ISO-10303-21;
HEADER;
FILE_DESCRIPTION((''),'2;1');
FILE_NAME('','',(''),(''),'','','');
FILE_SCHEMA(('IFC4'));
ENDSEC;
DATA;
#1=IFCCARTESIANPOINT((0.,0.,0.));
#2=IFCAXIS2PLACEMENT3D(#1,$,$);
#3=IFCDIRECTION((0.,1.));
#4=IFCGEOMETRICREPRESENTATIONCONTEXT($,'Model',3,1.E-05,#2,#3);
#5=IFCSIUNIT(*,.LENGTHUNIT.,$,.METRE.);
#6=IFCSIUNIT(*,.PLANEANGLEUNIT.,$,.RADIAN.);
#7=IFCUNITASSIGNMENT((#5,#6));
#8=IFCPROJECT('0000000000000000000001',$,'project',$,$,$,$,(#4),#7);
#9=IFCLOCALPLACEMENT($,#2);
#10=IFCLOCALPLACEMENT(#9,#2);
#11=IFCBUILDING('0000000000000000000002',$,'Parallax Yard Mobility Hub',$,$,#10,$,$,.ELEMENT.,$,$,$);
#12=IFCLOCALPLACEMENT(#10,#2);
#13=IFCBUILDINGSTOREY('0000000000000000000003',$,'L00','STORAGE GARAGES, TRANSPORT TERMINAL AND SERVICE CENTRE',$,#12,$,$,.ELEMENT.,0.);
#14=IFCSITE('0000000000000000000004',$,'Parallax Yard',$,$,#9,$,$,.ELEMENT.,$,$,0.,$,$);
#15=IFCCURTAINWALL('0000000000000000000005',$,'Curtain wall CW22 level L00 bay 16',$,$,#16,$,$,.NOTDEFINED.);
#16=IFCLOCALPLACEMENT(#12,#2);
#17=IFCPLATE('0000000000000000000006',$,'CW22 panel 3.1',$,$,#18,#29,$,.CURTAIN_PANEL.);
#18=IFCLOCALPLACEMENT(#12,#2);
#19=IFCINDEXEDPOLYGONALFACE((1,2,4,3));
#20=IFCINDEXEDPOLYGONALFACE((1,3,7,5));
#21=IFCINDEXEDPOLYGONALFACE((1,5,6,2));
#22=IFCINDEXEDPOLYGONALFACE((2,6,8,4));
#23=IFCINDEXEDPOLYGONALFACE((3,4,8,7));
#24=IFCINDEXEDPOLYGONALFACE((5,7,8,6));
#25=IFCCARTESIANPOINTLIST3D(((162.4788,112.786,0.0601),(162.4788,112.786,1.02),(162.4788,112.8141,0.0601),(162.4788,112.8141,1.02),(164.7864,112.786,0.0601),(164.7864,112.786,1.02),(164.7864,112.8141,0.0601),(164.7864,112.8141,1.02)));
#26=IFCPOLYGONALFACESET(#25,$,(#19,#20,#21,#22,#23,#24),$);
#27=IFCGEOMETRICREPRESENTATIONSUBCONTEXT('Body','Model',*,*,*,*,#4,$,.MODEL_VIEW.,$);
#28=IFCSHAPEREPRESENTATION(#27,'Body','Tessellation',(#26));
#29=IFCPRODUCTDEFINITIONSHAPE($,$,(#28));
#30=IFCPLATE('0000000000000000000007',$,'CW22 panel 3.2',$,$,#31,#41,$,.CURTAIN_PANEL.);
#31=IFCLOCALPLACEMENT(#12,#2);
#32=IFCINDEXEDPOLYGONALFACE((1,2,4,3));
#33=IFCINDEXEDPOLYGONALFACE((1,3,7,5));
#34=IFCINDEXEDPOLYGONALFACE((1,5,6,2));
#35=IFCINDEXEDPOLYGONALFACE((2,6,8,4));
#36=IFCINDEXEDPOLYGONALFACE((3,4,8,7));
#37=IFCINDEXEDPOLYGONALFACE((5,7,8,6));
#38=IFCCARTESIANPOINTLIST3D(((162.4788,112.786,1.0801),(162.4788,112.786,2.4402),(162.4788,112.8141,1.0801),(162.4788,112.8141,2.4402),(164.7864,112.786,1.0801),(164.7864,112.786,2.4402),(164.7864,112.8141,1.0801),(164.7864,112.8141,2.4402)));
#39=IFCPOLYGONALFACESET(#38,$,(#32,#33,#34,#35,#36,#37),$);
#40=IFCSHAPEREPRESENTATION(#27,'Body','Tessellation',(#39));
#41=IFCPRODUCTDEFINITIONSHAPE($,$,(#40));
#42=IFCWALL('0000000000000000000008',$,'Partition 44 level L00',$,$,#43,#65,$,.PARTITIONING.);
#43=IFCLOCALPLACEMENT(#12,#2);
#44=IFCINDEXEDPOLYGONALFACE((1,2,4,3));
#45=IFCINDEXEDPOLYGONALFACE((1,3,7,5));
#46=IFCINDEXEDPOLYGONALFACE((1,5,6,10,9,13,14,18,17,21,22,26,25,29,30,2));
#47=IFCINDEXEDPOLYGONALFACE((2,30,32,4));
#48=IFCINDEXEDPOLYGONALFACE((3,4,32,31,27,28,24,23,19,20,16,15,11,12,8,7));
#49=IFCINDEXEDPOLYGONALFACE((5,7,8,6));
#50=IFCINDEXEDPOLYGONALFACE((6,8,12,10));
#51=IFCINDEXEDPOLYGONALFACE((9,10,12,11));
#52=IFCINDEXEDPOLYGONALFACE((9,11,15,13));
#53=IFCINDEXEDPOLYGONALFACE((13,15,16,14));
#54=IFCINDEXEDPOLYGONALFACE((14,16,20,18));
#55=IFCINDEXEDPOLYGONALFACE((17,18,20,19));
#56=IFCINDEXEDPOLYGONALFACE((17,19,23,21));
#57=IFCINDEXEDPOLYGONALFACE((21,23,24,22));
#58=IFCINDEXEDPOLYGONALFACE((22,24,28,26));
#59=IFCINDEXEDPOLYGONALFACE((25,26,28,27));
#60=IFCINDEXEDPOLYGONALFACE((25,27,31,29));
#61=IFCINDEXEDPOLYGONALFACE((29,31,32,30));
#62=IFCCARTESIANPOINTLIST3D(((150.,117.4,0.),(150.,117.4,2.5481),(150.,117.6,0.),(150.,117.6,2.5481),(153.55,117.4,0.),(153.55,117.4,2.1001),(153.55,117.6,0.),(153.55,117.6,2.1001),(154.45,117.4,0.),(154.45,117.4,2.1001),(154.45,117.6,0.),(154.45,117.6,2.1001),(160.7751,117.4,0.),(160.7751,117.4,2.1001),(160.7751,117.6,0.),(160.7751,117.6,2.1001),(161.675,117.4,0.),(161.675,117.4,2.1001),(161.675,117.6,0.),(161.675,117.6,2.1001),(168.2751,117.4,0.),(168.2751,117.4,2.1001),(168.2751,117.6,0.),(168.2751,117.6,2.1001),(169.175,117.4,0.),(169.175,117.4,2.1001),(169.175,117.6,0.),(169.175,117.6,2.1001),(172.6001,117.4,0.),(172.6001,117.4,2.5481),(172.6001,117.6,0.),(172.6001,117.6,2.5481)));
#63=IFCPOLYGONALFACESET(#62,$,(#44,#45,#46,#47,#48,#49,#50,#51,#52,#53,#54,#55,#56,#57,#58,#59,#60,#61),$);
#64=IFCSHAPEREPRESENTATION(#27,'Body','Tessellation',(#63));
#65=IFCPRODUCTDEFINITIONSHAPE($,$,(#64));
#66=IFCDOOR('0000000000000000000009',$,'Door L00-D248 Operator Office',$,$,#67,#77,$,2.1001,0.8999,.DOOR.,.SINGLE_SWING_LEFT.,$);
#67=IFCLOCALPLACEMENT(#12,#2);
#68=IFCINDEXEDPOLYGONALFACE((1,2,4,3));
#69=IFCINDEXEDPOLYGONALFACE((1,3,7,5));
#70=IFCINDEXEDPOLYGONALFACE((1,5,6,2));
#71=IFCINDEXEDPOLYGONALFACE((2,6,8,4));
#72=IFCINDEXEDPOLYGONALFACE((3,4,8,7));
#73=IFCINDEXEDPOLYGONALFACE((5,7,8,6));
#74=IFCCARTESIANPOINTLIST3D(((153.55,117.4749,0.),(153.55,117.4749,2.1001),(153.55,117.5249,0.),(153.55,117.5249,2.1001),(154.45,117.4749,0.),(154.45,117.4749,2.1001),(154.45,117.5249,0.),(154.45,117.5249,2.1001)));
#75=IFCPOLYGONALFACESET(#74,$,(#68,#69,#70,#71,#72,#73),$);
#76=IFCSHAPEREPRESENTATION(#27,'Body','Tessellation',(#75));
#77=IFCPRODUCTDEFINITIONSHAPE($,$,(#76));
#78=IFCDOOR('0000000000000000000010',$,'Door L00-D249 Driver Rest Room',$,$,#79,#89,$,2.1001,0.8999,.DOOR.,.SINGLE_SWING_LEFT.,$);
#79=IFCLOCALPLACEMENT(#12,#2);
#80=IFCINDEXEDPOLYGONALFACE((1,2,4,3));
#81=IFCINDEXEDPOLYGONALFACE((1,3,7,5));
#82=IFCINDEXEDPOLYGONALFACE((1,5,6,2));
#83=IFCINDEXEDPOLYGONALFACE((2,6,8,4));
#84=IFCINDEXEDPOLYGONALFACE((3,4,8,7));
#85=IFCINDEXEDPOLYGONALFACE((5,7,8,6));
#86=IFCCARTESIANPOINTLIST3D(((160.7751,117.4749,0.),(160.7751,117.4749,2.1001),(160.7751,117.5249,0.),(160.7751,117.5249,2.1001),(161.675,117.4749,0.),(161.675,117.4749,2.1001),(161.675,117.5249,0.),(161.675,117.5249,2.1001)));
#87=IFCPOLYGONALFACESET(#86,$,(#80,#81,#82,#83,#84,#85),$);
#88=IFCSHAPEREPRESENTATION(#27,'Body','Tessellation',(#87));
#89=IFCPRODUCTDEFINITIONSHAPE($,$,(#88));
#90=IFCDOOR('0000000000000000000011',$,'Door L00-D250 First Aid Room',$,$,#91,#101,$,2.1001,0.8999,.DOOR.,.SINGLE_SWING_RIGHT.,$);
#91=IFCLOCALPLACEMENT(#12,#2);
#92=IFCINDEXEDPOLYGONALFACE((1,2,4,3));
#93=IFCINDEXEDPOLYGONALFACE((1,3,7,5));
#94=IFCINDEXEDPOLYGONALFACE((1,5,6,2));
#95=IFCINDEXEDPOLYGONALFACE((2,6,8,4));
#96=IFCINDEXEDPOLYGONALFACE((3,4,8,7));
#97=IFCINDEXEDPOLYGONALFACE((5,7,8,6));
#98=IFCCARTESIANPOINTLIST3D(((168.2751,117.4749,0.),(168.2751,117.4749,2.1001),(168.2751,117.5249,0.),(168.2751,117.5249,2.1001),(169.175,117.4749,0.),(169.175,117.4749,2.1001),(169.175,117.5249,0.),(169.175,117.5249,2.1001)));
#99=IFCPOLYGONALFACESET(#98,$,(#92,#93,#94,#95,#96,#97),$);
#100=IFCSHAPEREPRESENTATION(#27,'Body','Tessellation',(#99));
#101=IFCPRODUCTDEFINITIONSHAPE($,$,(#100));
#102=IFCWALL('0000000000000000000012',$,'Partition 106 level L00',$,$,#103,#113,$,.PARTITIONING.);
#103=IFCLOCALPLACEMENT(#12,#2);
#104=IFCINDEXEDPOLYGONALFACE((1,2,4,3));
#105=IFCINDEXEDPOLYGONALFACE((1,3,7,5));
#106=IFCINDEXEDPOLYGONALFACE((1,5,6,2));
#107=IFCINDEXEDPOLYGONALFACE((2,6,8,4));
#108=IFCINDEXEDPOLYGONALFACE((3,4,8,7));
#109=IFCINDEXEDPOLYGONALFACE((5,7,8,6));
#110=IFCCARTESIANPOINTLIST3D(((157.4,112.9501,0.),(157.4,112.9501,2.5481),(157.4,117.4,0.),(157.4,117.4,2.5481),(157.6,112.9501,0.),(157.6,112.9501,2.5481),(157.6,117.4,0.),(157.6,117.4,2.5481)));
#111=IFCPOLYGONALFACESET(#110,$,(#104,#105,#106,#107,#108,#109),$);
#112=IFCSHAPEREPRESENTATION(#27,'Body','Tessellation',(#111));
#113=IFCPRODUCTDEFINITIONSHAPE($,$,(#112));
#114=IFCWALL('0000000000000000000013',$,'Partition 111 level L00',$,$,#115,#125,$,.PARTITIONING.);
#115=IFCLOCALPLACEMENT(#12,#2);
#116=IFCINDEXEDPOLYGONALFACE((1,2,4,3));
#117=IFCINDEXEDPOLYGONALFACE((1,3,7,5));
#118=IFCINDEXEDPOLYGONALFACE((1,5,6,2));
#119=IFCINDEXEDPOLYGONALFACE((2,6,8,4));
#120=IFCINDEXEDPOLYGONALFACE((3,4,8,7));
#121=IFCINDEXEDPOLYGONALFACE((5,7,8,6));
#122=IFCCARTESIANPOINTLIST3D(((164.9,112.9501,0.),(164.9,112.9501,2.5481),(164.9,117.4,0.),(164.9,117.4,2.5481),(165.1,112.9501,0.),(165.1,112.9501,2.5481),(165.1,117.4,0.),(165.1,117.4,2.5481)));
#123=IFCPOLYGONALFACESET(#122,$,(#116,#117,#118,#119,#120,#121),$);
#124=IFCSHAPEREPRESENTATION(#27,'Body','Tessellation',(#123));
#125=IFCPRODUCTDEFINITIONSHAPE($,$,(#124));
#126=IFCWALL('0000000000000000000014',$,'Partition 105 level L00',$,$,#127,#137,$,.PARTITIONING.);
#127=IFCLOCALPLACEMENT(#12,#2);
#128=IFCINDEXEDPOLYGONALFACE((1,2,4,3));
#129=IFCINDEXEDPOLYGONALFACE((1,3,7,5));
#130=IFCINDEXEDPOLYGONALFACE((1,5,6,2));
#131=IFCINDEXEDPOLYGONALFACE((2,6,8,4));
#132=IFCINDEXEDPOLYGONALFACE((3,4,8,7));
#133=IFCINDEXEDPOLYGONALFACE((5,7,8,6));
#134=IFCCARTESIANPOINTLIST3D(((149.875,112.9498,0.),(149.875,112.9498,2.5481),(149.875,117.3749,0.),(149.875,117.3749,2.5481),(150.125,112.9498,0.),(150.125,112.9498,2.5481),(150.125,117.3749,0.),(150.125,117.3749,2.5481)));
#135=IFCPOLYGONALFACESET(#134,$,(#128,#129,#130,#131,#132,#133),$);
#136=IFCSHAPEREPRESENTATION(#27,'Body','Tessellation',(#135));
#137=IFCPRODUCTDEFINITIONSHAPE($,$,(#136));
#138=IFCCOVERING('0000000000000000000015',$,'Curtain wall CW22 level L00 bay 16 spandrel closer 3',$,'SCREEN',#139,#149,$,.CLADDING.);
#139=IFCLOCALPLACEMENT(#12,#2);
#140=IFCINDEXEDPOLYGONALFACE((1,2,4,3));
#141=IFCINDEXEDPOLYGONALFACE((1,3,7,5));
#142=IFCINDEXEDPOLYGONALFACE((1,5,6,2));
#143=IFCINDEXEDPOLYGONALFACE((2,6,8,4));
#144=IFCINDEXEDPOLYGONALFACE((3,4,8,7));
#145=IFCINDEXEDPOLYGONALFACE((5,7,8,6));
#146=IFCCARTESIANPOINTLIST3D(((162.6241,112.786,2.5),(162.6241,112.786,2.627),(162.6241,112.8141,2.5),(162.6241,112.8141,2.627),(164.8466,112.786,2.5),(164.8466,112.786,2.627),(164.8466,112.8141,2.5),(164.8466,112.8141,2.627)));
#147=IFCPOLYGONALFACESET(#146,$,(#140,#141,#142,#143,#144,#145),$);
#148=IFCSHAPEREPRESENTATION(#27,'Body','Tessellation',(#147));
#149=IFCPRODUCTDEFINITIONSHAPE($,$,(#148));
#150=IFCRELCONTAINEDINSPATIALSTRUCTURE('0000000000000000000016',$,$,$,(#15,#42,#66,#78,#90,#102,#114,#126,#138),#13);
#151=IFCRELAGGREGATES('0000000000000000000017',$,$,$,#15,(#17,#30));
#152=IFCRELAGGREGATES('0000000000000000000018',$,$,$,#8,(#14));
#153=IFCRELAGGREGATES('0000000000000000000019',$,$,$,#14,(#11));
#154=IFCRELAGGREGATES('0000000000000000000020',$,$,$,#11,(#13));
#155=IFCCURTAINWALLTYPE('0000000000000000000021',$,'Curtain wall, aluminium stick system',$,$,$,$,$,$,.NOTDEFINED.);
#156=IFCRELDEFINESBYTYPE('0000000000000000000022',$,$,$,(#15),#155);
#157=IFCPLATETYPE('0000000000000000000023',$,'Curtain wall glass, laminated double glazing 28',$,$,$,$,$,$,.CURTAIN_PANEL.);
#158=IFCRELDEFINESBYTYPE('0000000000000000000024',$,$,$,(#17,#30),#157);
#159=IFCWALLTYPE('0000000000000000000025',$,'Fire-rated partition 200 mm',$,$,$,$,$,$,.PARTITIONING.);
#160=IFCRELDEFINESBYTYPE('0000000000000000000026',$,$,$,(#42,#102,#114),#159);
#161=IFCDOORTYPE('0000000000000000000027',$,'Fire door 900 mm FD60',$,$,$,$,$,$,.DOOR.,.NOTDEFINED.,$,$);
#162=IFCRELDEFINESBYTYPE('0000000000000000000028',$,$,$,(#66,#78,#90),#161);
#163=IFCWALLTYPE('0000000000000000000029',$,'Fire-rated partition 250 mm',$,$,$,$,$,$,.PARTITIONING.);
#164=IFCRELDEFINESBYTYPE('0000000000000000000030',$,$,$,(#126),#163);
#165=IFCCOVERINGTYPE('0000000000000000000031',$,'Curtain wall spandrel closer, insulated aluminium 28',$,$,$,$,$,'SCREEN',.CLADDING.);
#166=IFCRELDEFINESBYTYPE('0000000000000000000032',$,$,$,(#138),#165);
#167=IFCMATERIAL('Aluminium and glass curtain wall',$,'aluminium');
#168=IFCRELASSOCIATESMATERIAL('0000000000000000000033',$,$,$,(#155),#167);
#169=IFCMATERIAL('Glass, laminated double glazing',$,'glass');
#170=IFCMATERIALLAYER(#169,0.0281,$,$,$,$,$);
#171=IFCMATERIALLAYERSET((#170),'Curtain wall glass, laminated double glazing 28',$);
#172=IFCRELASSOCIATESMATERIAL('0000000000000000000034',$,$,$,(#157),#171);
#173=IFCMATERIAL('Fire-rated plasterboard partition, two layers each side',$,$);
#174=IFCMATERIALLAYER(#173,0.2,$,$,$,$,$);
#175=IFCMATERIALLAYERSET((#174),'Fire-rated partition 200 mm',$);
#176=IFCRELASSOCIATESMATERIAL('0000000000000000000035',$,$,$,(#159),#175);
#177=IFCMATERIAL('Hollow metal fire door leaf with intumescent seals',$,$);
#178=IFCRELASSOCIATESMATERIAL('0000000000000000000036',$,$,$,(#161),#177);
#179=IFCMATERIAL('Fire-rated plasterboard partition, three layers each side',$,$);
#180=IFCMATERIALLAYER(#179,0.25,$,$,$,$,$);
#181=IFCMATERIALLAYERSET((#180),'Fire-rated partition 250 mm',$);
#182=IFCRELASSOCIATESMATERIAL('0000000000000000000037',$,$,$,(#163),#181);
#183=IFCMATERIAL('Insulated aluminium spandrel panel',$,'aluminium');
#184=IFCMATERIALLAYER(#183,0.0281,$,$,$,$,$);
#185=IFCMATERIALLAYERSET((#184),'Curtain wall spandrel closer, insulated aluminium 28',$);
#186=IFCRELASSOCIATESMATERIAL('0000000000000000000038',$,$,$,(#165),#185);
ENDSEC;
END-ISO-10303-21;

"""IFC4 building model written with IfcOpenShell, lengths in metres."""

from ifc_helpers import new_model, si_unit, direction, frame, frame_2d, origin, origin_2d, place, context, subcontext, project, spatial, rectangle, extrude, material, layer, layer_set, type_object, element, fill, aggregate, save


model = new_model("IFC4")

# Units and contexts
model_context = context("Model", 3, precision=1e-05, world=origin(), true_north=direction((0.0, 1.0)))
body_context = subcontext(model_context, "Body", "Model", "MODEL_VIEW")
ifc_project = project(units=[si_unit("LENGTHUNIT", "METRE"), si_unit("PLANEANGLEUNIT", "RADIAN")], contexts=[model_context])

# Site, building, storey
site_placement = place(None, origin())
site = spatial("IfcSite", under=ifc_project, at=site_placement, Name="Parallax Yard", CompositionType="ELEMENT", RefElevation=0.0)
building_placement = place(site_placement, origin())
building = spatial("IfcBuilding", under=site, at=building_placement, Name="Parallax Yard Mobility Hub", CompositionType="ELEMENT")
storey_placement = place(building_placement, origin())
storey = spatial("IfcBuildingStorey", under=building, at=storey_placement, Name="L00", Description="STORAGE GARAGES, TRANSPORT TERMINAL AND SERVICE CENTRE", CompositionType="ELEMENT", Elevation=0.0)

# Curtain wall
ifc_material_1 = material(Name="Aluminium and glass curtain wall", Category="aluminium")
curtain_wall_type = type_object("IfcCurtainWallType", Name="Curtain wall, aluminium stick system", PredefinedType="NOTDEFINED", material=ifc_material_1)
curtain_wall_1_placement = place(storey_placement, origin())
curtain_wall_1 = element("IfcCurtainWall", 1, at=curtain_wall_1_placement, inside=storey, type_object=curtain_wall_type, Name="Curtain wall CW22 level L00 bay 16", PredefinedType="NOTDEFINED")

# Plates
ifc_material_2 = material(Name="Glass, laminated double glazing", Category="glass")
ifc_layer_1 = layer(ifc_material_2, 0.0281)
ifc_layer_set_1 = layer_set([ifc_layer_1], Name="Curtain wall glass, laminated double glazing 28")
plate_type = type_object("IfcPlateType", Name="Curtain wall glass, laminated double glazing 28", PredefinedType="CURTAIN_PANEL", material=ifc_layer_set_1)
plate_1_placement = place(storey_placement, frame((163.6326, 112.8, 0.0601), z_axis=(0.0, 0.0, 1.0), x_axis=(1.0, 0.0, 0.0)))
plate_1 = element("IfcPlate", 2, at=plate_1_placement, type_object=plate_type, Name="CW22 panel 3.1", PredefinedType="CURTAIN_PANEL", context=body_context, shape_type="SweptSolid", body=[
    extrude(rectangle(XDim=2.3076, YDim=0.0281, at=origin_2d()), origin(), (0.0, 0.0, 1.0), 0.96),
])
plate_2_placement = place(storey_placement, frame((163.6326, 112.8, 1.0801), z_axis=(0.0, 0.0, 1.0), x_axis=(1.0, 0.0, 0.0)))
plate_2 = element("IfcPlate", 3, at=plate_2_placement, type_object=plate_type, Name="CW22 panel 3.2", PredefinedType="CURTAIN_PANEL", context=body_context, shape_type="SweptSolid", body=[
    extrude(rectangle(XDim=2.3076, YDim=0.0281, at=origin_2d()), origin(), (0.0, 0.0, 1.0), 1.3601),
])
aggregate(curtain_wall_1, [plate_1, plate_2])

# Wall, openings, doors
ifc_material_3 = material(Name="Fire-rated plasterboard partition, two layers each side")
ifc_layer_2 = layer(ifc_material_3, 0.2)
ifc_layer_set_2 = layer_set([ifc_layer_2], Name="Fire-rated partition 200 mm")
wall_type_1 = type_object("IfcWallType", Name="Fire-rated partition 200 mm", PredefinedType="PARTITIONING", material=ifc_layer_set_2)
wall_1_placement = place(storey_placement, frame((150.0, 117.5, 0.0), z_axis=(0.0, 0.0, 1.0), x_axis=(1.0, 0.0, 0.0)))
wall_1 = element("IfcWall", 4, at=wall_1_placement, inside=storey, type_object=wall_type_1, Name="Partition 44 level L00", PredefinedType="PARTITIONING", context=body_context, shape_type="SweptSolid", body=[
    extrude(rectangle(XDim=22.6001, YDim=0.2, at=frame_2d((11.3, 0.0))), origin(), (0.0, 0.0, 1.0), 2.5481),
])
opening_1_placement = place(wall_1_placement, frame((3.55, 0.0, 0.0)))
opening_1 = element("IfcOpeningElement", 5, at=opening_1_placement, cuts=wall_1, PredefinedType="OPENING", context=body_context, shape_type="SweptSolid", body=[
    extrude(rectangle(XDim=0.8999, YDim=2.1001, at=frame_2d((0.45, 1.05))), frame((0.0, 0.1099, 0.0), z_axis=(0.0, -1.0, 0.0), x_axis=(1.0, 0.0, 0.0)), (0.0, 0.0, 1.0), 0.22),
])
opening_2_placement = place(wall_1_placement, frame((10.7751, 0.0, 0.0)))
opening_2 = element("IfcOpeningElement", 6, at=opening_2_placement, cuts=wall_1, PredefinedType="OPENING", context=body_context, shape_type="SweptSolid", body=[
    extrude(rectangle(XDim=0.8999, YDim=2.1001, at=frame_2d((0.45, 1.05))), frame((0.0, 0.1099, 0.0), z_axis=(0.0, -1.0, 0.0), x_axis=(1.0, 0.0, 0.0)), (0.0, 0.0, 1.0), 0.22),
])
opening_3_placement = place(wall_1_placement, frame((18.2751, 0.0, 0.0)))
opening_3 = element("IfcOpeningElement", 7, at=opening_3_placement, cuts=wall_1, PredefinedType="OPENING", context=body_context, shape_type="SweptSolid", body=[
    extrude(rectangle(XDim=0.8999, YDim=2.1001, at=frame_2d((0.45, 1.05))), frame((0.0, 0.1099, 0.0), z_axis=(0.0, -1.0, 0.0), x_axis=(1.0, 0.0, 0.0)), (0.0, 0.0, 1.0), 0.22),
])
ifc_material_4 = material(Name="Hollow metal fire door leaf with intumescent seals")
door_type = type_object("IfcDoorType", Name="Fire door 900 mm FD60", OperationType="NOTDEFINED", PredefinedType="DOOR", material=ifc_material_4)
door_1_placement = place(opening_1_placement, origin())
door_1 = element("IfcDoor", 8, at=door_1_placement, inside=storey, type_object=door_type, Name="Door L00-D248 Operator Office", OperationType="SINGLE_SWING_LEFT", OverallHeight=2.1001, OverallWidth=0.8999, PredefinedType="DOOR", context=body_context, shape_type="SweptSolid", body=[
    extrude(rectangle(XDim=0.8999, YDim=2.1001, at=frame_2d((0.45, 1.05))), frame((0.0, 0.0249, 0.0), z_axis=(0.0, -1.0, 0.0), x_axis=(1.0, 0.0, 0.0)), (0.0, 0.0, 1.0), 0.05),
])
fill(opening_1, door_1)
door_2_placement = place(opening_2_placement, origin())
door_2 = element("IfcDoor", 9, at=door_2_placement, inside=storey, type_object=door_type, Name="Door L00-D249 Driver Rest Room", OperationType="SINGLE_SWING_LEFT", OverallHeight=2.1001, OverallWidth=0.8999, PredefinedType="DOOR", context=body_context, shape_type="SweptSolid", body=[
    extrude(rectangle(XDim=0.8999, YDim=2.1001, at=frame_2d((0.45, 1.05))), frame((0.0, 0.0249, 0.0), z_axis=(0.0, -1.0, 0.0), x_axis=(1.0, 0.0, 0.0)), (0.0, 0.0, 1.0), 0.05),
])
fill(opening_2, door_2)
door_3_placement = place(opening_3_placement, origin())
door_3 = element("IfcDoor", 10, at=door_3_placement, inside=storey, type_object=door_type, Name="Door L00-D250 First Aid Room", OperationType="SINGLE_SWING_RIGHT", OverallHeight=2.1001, OverallWidth=0.8999, PredefinedType="DOOR", context=body_context, shape_type="SweptSolid", body=[
    extrude(rectangle(XDim=0.8999, YDim=2.1001, at=frame_2d((0.45, 1.05))), frame((0.0, 0.0249, 0.0), z_axis=(0.0, -1.0, 0.0), x_axis=(1.0, 0.0, 0.0)), (0.0, 0.0, 1.0), 0.05),
])
fill(opening_3, door_3)

# Walls
for number, where, z_axis, x_axis, name in (
    (11, (157.5, 112.95, 0.0), (0.0, 0.0, 1.0), (0.0, 1.0, 0.0), "Partition 106 level L00"),
    (12, (165.0, 112.95, 0.0), (0.0, 0.0, 1.0), (0.0, 1.0, 0.0), "Partition 111 level L00"),
):
    element("IfcWall", number, at=place(storey_placement, frame(where, z_axis=z_axis, x_axis=x_axis)), inside=storey, type_object=wall_type_1, Name=name, PredefinedType="PARTITIONING", context=body_context, shape_type="SweptSolid", body=[
        extrude(rectangle(XDim=4.45, YDim=0.2, at=frame_2d((2.2251, 0.0))), origin(), (0.0, 0.0, 1.0), 2.5481),
    ])
ifc_material_5 = material(Name="Fire-rated plasterboard partition, three layers each side")
ifc_layer_3 = layer(ifc_material_5, 0.25)
ifc_layer_set_3 = layer_set([ifc_layer_3], Name="Fire-rated partition 250 mm")
wall_type_2 = type_object("IfcWallType", Name="Fire-rated partition 250 mm", PredefinedType="PARTITIONING", material=ifc_layer_set_3)
wall_2_placement = place(storey_placement, frame((150.0, 112.95, 0.0), z_axis=(0.0, 0.0, 1.0), x_axis=(0.0, 1.0, 0.0)))
element("IfcWall", 13, at=wall_2_placement, inside=storey, type_object=wall_type_2, Name="Partition 105 level L00", PredefinedType="PARTITIONING", context=body_context, shape_type="SweptSolid", body=[
    extrude(rectangle(XDim=4.425, YDim=0.25, at=frame_2d((2.2124, 0.0))), origin(), (0.0, 0.0, 1.0), 2.5481),
])

# Covering
ifc_material_6 = material(Name="Insulated aluminium spandrel panel", Category="aluminium")
ifc_layer_4 = layer(ifc_material_6, 0.0281)
ifc_layer_set_4 = layer_set([ifc_layer_4], Name="Curtain wall spandrel closer, insulated aluminium 28")
covering_type = type_object("IfcCoveringType", Name="Curtain wall spandrel closer, insulated aluminium 28", ElementType="SCREEN", PredefinedType="CLADDING", material=ifc_layer_set_4)
covering_placement = place(storey_placement, frame((163.7354, 112.8, 2.5), z_axis=(0.0, 0.0, 1.0), x_axis=(1.0, 0.0, 0.0)))
element("IfcCovering", 14, at=covering_placement, inside=storey, type_object=covering_type, Name="Curtain wall CW22 level L00 bay 16 spandrel closer 3", ObjectType="SCREEN", PredefinedType="CLADDING", context=body_context, shape_type="SweptSolid", body=[
    extrude(rectangle(XDim=2.2224, YDim=0.0281, at=origin_2d()), origin(), (0.0, 0.0, 1.0), 0.127),
])

save(model, "model.ifc")
